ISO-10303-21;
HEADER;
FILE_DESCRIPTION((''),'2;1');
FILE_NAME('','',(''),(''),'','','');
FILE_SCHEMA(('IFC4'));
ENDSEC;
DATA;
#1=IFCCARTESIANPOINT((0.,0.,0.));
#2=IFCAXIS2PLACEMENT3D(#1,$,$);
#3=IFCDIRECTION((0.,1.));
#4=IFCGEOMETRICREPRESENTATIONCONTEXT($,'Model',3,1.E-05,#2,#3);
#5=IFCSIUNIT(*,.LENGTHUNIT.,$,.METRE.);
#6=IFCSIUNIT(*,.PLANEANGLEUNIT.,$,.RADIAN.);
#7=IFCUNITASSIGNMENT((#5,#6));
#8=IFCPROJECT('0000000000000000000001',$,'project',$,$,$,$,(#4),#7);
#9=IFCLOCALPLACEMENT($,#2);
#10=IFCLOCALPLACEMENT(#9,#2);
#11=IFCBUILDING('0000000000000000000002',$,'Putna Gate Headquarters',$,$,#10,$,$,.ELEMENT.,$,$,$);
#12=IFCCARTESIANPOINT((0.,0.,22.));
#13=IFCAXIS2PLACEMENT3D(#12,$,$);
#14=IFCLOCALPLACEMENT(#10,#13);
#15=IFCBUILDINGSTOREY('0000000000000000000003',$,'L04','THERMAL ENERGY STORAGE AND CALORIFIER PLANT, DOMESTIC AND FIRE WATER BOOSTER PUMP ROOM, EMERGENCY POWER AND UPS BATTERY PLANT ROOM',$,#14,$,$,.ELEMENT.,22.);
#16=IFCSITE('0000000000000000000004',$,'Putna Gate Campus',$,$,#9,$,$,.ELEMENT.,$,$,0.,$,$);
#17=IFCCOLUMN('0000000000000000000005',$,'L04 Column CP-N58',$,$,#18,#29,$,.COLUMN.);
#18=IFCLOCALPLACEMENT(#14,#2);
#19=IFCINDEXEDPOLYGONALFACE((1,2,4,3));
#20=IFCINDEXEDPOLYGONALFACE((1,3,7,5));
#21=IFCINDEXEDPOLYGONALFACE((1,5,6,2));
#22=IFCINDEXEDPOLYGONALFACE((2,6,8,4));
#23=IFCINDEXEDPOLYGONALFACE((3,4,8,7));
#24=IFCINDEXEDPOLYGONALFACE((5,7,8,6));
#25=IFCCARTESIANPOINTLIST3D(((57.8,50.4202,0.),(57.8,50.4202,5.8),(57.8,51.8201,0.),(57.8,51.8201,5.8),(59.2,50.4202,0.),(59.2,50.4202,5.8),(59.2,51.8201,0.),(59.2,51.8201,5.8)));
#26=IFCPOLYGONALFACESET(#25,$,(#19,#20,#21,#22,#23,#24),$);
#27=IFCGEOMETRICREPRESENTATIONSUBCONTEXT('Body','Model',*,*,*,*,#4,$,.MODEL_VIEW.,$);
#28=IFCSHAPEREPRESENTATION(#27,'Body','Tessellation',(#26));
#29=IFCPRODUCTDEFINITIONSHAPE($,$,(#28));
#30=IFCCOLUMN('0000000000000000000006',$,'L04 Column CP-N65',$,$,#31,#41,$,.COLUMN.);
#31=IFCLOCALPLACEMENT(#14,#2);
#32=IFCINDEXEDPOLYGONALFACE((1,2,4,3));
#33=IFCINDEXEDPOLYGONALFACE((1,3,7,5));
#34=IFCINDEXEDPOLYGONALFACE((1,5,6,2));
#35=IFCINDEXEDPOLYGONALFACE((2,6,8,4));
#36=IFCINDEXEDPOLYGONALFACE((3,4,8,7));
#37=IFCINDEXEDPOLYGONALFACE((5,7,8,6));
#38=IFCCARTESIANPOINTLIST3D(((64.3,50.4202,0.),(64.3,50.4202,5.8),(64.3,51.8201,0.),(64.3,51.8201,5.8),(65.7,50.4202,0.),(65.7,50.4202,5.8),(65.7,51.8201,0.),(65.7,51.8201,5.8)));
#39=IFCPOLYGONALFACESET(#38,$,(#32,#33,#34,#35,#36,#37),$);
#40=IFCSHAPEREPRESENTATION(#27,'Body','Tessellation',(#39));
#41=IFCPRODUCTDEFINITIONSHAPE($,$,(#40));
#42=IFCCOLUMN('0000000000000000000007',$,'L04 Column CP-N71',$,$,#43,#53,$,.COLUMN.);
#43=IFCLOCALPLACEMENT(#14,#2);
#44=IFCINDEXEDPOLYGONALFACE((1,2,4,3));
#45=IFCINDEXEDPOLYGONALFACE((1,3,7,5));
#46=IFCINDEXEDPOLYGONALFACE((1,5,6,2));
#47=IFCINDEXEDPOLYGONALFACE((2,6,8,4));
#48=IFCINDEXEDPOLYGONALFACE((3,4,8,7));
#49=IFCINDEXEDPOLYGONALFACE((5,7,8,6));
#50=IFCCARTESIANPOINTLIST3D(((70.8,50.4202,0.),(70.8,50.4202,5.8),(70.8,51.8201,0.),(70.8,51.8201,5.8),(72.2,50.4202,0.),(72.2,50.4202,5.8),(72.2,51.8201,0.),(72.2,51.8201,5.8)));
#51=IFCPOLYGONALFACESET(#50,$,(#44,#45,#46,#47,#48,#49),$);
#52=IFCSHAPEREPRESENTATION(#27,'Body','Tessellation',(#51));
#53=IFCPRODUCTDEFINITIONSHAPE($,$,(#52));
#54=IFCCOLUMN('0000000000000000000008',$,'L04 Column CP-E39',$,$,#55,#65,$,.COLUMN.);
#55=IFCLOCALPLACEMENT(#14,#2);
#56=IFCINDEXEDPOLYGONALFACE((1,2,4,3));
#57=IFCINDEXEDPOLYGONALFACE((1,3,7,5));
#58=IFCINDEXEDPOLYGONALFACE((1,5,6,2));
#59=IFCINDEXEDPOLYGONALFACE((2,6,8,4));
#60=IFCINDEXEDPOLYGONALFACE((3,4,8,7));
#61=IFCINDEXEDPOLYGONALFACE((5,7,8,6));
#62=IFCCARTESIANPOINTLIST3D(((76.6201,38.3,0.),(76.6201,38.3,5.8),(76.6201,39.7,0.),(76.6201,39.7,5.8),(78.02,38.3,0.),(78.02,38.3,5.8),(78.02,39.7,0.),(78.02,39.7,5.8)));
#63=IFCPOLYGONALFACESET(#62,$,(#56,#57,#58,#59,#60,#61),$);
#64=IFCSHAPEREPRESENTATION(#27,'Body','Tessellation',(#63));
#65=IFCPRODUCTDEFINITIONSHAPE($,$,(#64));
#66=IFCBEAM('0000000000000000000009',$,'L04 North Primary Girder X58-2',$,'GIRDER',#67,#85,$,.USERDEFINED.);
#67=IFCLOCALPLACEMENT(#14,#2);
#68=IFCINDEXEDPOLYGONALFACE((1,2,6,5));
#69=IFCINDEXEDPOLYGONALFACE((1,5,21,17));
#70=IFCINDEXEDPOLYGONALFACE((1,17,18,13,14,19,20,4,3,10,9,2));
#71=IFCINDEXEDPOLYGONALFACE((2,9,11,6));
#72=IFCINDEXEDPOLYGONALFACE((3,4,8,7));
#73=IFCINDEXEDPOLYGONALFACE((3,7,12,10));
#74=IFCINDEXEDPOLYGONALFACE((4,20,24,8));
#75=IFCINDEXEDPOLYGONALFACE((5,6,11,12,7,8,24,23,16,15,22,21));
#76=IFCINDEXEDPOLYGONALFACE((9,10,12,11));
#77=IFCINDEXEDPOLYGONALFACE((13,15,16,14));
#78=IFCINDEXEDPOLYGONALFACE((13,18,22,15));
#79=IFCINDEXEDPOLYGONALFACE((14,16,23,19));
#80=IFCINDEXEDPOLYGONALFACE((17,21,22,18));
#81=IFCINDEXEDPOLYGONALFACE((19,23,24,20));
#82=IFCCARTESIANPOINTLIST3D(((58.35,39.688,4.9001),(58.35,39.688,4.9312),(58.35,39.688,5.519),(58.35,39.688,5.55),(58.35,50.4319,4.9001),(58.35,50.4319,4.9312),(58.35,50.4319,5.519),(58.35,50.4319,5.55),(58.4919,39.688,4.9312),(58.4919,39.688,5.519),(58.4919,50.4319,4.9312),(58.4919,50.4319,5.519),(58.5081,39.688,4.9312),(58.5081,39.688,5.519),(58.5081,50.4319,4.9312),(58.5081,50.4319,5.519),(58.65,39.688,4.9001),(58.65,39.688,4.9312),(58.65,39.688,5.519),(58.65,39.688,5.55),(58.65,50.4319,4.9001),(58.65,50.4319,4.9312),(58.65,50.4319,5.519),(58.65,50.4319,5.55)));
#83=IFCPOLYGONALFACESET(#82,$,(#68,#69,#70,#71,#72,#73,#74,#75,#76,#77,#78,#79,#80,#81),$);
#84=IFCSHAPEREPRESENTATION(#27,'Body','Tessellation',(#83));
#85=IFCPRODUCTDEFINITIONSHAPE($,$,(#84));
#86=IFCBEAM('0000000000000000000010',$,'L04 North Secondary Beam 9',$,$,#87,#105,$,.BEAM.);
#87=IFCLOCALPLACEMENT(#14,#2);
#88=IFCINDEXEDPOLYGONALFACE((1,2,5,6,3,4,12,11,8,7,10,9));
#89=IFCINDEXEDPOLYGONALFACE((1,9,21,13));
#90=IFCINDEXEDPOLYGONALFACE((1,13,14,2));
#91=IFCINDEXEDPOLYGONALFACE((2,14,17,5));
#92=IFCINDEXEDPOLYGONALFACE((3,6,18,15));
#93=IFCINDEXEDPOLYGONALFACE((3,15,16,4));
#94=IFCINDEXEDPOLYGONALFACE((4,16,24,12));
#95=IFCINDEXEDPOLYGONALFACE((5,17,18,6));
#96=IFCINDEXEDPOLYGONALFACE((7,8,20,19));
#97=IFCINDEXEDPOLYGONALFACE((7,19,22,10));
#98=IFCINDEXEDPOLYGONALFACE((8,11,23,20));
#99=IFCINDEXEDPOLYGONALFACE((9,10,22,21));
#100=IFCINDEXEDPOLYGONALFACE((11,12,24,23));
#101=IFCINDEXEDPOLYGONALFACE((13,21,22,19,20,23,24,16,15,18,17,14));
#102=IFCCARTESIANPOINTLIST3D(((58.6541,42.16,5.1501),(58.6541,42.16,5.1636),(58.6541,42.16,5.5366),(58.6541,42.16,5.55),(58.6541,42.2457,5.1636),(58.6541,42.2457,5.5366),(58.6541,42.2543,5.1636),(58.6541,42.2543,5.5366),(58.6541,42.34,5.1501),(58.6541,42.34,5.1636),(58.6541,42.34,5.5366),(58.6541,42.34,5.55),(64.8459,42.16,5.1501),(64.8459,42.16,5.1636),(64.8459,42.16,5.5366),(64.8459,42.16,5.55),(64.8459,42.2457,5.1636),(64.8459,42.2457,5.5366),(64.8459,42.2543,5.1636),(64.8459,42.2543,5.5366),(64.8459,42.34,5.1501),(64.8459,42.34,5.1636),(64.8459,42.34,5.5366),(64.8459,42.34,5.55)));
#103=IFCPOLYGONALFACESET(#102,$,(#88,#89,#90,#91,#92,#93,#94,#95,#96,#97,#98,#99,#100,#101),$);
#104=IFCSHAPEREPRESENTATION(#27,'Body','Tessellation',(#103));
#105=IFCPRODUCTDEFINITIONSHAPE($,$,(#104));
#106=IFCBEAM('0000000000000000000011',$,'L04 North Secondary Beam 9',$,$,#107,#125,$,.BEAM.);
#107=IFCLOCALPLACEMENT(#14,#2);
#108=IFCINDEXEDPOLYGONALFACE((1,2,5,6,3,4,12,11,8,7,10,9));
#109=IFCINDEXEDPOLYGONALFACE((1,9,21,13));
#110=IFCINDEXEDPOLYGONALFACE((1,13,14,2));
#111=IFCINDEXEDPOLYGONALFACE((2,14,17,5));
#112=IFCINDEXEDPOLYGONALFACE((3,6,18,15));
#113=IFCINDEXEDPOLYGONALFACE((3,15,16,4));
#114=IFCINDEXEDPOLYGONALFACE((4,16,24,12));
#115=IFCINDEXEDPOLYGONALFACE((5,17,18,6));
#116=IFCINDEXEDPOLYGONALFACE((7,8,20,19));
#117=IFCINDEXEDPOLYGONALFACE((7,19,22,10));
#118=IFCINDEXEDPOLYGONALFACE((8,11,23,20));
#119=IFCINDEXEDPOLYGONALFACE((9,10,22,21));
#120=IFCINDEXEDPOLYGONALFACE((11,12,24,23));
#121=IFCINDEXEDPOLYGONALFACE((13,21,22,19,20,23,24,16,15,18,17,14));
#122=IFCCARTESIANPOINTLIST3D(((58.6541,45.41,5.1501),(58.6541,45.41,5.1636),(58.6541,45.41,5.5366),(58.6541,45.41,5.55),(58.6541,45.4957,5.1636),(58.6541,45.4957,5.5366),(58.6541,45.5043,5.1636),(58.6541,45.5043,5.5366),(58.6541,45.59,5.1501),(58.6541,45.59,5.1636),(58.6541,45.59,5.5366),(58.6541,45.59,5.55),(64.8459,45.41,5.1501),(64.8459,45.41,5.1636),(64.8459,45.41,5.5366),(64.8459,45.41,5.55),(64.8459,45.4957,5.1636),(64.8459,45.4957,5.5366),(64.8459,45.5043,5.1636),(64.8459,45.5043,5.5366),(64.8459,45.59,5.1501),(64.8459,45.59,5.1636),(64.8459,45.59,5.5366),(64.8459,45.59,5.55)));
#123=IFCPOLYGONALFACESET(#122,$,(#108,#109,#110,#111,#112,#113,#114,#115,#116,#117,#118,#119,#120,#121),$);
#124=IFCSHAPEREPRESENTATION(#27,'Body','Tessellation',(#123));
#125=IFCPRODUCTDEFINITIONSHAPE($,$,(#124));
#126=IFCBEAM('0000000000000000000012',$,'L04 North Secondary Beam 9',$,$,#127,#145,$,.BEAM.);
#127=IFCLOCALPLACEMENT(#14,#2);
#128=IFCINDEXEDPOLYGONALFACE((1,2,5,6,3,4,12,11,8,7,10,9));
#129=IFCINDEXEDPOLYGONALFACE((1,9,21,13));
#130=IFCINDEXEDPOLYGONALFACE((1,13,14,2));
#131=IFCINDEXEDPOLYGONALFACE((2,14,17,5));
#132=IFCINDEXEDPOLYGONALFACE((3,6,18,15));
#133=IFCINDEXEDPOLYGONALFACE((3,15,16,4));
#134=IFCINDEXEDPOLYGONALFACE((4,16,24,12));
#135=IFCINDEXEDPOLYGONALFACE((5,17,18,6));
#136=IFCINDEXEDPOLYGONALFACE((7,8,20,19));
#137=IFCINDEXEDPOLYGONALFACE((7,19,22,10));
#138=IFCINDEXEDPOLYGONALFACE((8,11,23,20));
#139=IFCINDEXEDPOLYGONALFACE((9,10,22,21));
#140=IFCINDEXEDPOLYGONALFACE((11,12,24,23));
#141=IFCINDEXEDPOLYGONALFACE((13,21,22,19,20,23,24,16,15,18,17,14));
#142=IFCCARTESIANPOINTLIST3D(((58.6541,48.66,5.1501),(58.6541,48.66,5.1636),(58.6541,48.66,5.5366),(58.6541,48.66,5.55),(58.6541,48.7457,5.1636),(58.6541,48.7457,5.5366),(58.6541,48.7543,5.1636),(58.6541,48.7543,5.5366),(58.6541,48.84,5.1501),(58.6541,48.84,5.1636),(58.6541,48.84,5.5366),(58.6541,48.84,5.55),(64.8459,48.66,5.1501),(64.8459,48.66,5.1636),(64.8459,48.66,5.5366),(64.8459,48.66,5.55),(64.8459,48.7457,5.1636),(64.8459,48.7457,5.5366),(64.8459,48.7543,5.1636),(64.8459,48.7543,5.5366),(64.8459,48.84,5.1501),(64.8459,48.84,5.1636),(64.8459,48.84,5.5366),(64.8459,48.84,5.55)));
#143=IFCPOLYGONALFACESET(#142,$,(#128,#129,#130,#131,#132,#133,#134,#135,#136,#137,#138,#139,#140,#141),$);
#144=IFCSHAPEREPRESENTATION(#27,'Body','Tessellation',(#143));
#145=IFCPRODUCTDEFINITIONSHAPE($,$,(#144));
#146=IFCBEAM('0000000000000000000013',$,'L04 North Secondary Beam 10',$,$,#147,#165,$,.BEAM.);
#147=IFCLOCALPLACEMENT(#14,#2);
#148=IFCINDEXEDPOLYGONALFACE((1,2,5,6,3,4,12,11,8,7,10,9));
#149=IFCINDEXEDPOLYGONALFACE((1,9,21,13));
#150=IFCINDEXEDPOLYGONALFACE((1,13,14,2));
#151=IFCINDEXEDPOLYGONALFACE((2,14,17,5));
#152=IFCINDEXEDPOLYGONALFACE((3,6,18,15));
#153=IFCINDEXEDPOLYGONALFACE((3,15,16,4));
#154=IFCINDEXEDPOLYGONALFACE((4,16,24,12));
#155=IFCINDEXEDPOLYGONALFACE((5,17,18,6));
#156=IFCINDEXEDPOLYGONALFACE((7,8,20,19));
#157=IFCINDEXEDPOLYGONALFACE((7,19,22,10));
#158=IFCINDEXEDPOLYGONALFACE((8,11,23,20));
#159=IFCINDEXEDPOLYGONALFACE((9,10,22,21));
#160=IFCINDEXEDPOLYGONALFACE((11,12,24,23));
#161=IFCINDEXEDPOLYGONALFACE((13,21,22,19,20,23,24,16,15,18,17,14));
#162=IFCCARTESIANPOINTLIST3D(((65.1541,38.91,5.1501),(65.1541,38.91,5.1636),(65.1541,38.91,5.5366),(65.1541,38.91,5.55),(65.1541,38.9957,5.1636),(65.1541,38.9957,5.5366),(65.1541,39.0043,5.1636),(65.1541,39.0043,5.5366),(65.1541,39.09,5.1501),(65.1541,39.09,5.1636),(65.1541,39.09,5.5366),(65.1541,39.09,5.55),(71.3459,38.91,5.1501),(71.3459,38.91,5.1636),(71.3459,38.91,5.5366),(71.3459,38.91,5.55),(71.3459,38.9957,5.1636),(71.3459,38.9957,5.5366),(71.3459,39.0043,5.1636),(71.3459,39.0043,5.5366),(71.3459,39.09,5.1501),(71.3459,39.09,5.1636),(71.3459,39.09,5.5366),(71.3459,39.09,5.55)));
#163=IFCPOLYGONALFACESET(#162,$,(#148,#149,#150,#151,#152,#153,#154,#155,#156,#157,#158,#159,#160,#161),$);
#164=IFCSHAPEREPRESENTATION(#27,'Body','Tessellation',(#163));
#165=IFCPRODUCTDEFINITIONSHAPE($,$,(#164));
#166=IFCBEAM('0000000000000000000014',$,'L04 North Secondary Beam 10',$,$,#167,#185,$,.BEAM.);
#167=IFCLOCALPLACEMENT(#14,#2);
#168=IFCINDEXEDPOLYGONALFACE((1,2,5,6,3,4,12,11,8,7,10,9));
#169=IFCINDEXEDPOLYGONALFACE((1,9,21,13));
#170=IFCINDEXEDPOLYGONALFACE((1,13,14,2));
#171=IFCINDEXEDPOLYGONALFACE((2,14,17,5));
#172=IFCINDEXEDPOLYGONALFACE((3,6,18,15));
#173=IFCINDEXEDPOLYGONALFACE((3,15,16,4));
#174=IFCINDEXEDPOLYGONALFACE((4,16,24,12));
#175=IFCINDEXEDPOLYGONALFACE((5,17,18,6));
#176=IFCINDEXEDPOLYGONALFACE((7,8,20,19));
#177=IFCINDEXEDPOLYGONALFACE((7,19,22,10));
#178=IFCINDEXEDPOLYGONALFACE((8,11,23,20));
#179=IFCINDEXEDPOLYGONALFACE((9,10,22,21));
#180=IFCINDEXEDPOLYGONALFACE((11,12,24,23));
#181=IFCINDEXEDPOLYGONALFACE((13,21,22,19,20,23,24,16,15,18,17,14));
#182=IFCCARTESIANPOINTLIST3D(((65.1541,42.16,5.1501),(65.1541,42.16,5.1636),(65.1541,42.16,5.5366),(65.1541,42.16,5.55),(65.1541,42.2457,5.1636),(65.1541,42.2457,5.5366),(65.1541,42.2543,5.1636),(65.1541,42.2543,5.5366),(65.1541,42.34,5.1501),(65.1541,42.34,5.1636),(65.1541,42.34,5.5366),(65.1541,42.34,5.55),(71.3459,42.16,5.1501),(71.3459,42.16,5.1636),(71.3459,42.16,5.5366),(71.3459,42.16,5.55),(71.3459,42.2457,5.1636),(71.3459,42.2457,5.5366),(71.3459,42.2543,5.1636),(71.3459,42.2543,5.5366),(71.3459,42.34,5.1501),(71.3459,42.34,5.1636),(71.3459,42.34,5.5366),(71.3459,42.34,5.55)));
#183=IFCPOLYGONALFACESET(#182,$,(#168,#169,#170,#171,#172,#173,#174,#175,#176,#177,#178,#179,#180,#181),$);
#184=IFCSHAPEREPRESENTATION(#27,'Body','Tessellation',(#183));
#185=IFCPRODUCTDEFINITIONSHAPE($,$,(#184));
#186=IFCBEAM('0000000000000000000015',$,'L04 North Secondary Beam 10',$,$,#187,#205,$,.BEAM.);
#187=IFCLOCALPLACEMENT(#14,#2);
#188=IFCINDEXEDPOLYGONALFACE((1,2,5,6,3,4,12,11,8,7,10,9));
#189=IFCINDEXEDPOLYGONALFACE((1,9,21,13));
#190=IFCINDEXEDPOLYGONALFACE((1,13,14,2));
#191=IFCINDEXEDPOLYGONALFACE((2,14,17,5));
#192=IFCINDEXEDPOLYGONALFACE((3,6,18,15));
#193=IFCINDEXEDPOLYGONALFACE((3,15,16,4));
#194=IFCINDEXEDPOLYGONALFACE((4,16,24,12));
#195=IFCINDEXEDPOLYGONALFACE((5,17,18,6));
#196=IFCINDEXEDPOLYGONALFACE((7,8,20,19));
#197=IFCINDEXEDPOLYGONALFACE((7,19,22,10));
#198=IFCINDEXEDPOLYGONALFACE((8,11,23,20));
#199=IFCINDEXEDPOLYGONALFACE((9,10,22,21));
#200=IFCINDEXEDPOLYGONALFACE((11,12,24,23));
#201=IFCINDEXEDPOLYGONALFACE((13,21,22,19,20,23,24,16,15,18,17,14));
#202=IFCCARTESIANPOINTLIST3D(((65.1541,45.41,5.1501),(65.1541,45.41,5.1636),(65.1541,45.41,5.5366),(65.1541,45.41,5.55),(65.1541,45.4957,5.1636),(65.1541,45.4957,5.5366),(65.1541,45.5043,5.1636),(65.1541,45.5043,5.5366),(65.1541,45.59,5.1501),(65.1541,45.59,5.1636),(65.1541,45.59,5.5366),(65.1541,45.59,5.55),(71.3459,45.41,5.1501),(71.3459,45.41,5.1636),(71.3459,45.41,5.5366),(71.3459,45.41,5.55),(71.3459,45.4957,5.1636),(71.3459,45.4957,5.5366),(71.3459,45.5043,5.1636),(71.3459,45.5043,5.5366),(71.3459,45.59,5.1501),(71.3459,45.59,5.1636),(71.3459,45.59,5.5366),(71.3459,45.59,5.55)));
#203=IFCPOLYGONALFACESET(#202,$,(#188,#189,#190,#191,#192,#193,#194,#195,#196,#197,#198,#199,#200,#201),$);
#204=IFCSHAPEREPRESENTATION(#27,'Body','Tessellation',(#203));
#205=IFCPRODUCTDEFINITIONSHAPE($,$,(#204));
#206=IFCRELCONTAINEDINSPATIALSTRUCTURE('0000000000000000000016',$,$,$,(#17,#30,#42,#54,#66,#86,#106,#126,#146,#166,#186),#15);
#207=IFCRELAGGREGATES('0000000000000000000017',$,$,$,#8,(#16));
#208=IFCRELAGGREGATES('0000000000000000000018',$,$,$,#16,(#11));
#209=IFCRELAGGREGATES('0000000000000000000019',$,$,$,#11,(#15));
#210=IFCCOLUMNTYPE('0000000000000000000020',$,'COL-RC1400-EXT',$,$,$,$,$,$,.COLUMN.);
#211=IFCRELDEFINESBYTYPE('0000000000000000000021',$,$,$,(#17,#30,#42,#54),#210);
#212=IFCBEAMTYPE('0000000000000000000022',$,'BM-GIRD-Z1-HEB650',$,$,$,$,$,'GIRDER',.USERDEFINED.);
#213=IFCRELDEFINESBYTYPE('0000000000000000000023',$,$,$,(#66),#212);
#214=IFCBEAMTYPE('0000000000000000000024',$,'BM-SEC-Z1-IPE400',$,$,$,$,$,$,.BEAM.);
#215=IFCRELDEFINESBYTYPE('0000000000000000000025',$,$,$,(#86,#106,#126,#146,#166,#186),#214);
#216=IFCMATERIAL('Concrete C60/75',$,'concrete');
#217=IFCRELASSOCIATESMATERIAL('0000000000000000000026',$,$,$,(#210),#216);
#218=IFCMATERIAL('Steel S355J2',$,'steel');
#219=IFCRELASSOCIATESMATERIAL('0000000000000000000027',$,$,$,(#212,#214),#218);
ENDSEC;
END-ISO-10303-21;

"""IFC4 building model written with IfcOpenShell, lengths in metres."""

from ifc_helpers import new_model, si_unit, direction, frame, origin, origin_2d, place, context, subcontext, project, spatial, rectangle, i_section, extrude, material, material_profile, profile_set, type_object, element, save


model = new_model("IFC4")

# Units and contexts
model_context = context("Model", 3, precision=1e-05, world=origin(), true_north=direction((0.0, 1.0)))
body_context = subcontext(model_context, "Body", "Model", "MODEL_VIEW")
ifc_project = project(units=[si_unit("LENGTHUNIT", "METRE"), si_unit("PLANEANGLEUNIT", "RADIAN")], contexts=[model_context])

# Site, building, storey
site_placement = place(None, origin())
site = spatial("IfcSite", under=ifc_project, at=site_placement, Name="Putna Gate Campus", CompositionType="ELEMENT", RefElevation=0.0)
building_placement = place(site_placement, origin())
building = spatial("IfcBuilding", under=site, at=building_placement, Name="Putna Gate Headquarters", CompositionType="ELEMENT")
storey_placement = place(building_placement, frame((0.0, 0.0, 22.0)))
storey = spatial("IfcBuildingStorey", under=building, at=storey_placement, Name="L04", Description="THERMAL ENERGY STORAGE AND CALORIFIER PLANT, DOMESTIC AND FIRE WATER BOOSTER PUMP ROOM, EMERGENCY POWER AND UPS BATTERY PLANT ROOM", CompositionType="ELEMENT", Elevation=22.0)

# Columns
ifc_material_1 = material(Name="Concrete C60/75", Category="concrete")
ifc_material_profile_1 = material_profile(ifc_material_1, rectangle(XDim=1.3999, YDim=1.3999, at=origin_2d()), Name="Concrete C60/75")
ifc_profile_set_1 = profile_set([ifc_material_profile_1], Name="Concrete C60/75")
column_type = type_object("IfcColumnType", Name="COL-RC1400-EXT", PredefinedType="COLUMN", material=ifc_profile_set_1)
for number, where, z_axis, x_axis, name in (
    (1, (58.5, 51.1201, 0.0), (0.0, 0.0, 1.0), (1.0, 0.0, 0.0), "L04 Column CP-N58"),
    (2, (65.0, 51.1201, 0.0), (0.0, 0.0, 1.0), (1.0, 0.0, 0.0), "L04 Column CP-N65"),
    (3, (71.5, 51.1201, 0.0), (0.0, 0.0, 1.0), (1.0, 0.0, 0.0), "L04 Column CP-N71"),
    (4, (77.3201, 39.0, 0.0), (0.0, 0.0, 1.0), (1.0, 0.0, 0.0), "L04 Column CP-E39"),
):
    element("IfcColumn", number, at=place(storey_placement, frame(where, z_axis=z_axis, x_axis=x_axis)), inside=storey, type_object=column_type, Name=name, PredefinedType="COLUMN", context=body_context, shape_type="SweptSolid", body=[
        extrude(rectangle(XDim=1.3999, YDim=1.3999, at=origin_2d()), origin(), (0.0, 0.0, 1.0), 5.8),
    ])

# Beams
ifc_material_2 = material(Name="Steel S355J2", Category="steel")
ifc_material_profile_2 = material_profile(ifc_material_2, i_section(OverallWidth=0.3, OverallDepth=0.6499, WebThickness=0.0161, FlangeThickness=0.031, at=origin_2d()), Name="Steel S355J2")
ifc_profile_set_2 = profile_set([ifc_material_profile_2], Name="Steel S355J2")
beam_type_1 = type_object("IfcBeamType", Name="BM-GIRD-Z1-HEB650", ElementType="GIRDER", PredefinedType="USERDEFINED", material=ifc_profile_set_2)
beam_placement = place(storey_placement, frame((58.5, 39.688, 5.2251), z_axis=(0.0, 1.0, 0.0), x_axis=(-1.0, 0.0, 0.0)))
element("IfcBeam", 5, at=beam_placement, inside=storey, type_object=beam_type_1, Name="L04 North Primary Girder X58-2", ObjectType="GIRDER", PredefinedType="USERDEFINED", context=body_context, shape_type="SweptSolid", body=[
    extrude(i_section(OverallWidth=0.3, OverallDepth=0.6499, WebThickness=0.0161, FlangeThickness=0.031, at=origin_2d()), origin(), (0.0, 0.0, 1.0), 10.7439),
])
ifc_material_profile_3 = material_profile(ifc_material_2, i_section(OverallWidth=0.1799, OverallDepth=0.3999, WebThickness=0.0085, FlangeThickness=0.0134, at=origin_2d()), Name="Steel S355J2")
ifc_profile_set_3 = profile_set([ifc_material_profile_3], Name="Steel S355J2")
beam_type_2 = type_object("IfcBeamType", Name="BM-SEC-Z1-IPE400", PredefinedType="BEAM", material=ifc_profile_set_3)
for number, where, z_axis, x_axis, name in (
    (6, (58.6541, 42.25, 5.3501), (1.0, 0.0, 0.0), (0.0, 1.0, 0.0), "L04 North Secondary Beam 9"),
    (7, (58.6541, 45.5, 5.3501), (1.0, 0.0, 0.0), (0.0, 1.0, 0.0), "L04 North Secondary Beam 9"),
    (8, (58.6541, 48.75, 5.3501), (1.0, 0.0, 0.0), (0.0, 1.0, 0.0), "L04 North Secondary Beam 9"),
    (9, (65.1541, 39.0, 5.3501), (1.0, 0.0, 0.0), (0.0, 1.0, 0.0), "L04 North Secondary Beam 10"),
    (10, (65.1541, 42.25, 5.3501), (1.0, 0.0, 0.0), (0.0, 1.0, 0.0), "L04 North Secondary Beam 10"),
    (11, (65.1541, 45.5, 5.3501), (1.0, 0.0, 0.0), (0.0, 1.0, 0.0), "L04 North Secondary Beam 10"),
):
    element("IfcBeam", number, at=place(storey_placement, frame(where, z_axis=z_axis, x_axis=x_axis)), inside=storey, type_object=beam_type_2, Name=name, PredefinedType="BEAM", context=body_context, shape_type="SweptSolid", body=[
        extrude(i_section(OverallWidth=0.1799, OverallDepth=0.3999, WebThickness=0.0085, FlangeThickness=0.0134, at=origin_2d()), origin(), (0.0, 0.0, 1.0), 6.1919),
    ])

save(model, "model.ifc")
